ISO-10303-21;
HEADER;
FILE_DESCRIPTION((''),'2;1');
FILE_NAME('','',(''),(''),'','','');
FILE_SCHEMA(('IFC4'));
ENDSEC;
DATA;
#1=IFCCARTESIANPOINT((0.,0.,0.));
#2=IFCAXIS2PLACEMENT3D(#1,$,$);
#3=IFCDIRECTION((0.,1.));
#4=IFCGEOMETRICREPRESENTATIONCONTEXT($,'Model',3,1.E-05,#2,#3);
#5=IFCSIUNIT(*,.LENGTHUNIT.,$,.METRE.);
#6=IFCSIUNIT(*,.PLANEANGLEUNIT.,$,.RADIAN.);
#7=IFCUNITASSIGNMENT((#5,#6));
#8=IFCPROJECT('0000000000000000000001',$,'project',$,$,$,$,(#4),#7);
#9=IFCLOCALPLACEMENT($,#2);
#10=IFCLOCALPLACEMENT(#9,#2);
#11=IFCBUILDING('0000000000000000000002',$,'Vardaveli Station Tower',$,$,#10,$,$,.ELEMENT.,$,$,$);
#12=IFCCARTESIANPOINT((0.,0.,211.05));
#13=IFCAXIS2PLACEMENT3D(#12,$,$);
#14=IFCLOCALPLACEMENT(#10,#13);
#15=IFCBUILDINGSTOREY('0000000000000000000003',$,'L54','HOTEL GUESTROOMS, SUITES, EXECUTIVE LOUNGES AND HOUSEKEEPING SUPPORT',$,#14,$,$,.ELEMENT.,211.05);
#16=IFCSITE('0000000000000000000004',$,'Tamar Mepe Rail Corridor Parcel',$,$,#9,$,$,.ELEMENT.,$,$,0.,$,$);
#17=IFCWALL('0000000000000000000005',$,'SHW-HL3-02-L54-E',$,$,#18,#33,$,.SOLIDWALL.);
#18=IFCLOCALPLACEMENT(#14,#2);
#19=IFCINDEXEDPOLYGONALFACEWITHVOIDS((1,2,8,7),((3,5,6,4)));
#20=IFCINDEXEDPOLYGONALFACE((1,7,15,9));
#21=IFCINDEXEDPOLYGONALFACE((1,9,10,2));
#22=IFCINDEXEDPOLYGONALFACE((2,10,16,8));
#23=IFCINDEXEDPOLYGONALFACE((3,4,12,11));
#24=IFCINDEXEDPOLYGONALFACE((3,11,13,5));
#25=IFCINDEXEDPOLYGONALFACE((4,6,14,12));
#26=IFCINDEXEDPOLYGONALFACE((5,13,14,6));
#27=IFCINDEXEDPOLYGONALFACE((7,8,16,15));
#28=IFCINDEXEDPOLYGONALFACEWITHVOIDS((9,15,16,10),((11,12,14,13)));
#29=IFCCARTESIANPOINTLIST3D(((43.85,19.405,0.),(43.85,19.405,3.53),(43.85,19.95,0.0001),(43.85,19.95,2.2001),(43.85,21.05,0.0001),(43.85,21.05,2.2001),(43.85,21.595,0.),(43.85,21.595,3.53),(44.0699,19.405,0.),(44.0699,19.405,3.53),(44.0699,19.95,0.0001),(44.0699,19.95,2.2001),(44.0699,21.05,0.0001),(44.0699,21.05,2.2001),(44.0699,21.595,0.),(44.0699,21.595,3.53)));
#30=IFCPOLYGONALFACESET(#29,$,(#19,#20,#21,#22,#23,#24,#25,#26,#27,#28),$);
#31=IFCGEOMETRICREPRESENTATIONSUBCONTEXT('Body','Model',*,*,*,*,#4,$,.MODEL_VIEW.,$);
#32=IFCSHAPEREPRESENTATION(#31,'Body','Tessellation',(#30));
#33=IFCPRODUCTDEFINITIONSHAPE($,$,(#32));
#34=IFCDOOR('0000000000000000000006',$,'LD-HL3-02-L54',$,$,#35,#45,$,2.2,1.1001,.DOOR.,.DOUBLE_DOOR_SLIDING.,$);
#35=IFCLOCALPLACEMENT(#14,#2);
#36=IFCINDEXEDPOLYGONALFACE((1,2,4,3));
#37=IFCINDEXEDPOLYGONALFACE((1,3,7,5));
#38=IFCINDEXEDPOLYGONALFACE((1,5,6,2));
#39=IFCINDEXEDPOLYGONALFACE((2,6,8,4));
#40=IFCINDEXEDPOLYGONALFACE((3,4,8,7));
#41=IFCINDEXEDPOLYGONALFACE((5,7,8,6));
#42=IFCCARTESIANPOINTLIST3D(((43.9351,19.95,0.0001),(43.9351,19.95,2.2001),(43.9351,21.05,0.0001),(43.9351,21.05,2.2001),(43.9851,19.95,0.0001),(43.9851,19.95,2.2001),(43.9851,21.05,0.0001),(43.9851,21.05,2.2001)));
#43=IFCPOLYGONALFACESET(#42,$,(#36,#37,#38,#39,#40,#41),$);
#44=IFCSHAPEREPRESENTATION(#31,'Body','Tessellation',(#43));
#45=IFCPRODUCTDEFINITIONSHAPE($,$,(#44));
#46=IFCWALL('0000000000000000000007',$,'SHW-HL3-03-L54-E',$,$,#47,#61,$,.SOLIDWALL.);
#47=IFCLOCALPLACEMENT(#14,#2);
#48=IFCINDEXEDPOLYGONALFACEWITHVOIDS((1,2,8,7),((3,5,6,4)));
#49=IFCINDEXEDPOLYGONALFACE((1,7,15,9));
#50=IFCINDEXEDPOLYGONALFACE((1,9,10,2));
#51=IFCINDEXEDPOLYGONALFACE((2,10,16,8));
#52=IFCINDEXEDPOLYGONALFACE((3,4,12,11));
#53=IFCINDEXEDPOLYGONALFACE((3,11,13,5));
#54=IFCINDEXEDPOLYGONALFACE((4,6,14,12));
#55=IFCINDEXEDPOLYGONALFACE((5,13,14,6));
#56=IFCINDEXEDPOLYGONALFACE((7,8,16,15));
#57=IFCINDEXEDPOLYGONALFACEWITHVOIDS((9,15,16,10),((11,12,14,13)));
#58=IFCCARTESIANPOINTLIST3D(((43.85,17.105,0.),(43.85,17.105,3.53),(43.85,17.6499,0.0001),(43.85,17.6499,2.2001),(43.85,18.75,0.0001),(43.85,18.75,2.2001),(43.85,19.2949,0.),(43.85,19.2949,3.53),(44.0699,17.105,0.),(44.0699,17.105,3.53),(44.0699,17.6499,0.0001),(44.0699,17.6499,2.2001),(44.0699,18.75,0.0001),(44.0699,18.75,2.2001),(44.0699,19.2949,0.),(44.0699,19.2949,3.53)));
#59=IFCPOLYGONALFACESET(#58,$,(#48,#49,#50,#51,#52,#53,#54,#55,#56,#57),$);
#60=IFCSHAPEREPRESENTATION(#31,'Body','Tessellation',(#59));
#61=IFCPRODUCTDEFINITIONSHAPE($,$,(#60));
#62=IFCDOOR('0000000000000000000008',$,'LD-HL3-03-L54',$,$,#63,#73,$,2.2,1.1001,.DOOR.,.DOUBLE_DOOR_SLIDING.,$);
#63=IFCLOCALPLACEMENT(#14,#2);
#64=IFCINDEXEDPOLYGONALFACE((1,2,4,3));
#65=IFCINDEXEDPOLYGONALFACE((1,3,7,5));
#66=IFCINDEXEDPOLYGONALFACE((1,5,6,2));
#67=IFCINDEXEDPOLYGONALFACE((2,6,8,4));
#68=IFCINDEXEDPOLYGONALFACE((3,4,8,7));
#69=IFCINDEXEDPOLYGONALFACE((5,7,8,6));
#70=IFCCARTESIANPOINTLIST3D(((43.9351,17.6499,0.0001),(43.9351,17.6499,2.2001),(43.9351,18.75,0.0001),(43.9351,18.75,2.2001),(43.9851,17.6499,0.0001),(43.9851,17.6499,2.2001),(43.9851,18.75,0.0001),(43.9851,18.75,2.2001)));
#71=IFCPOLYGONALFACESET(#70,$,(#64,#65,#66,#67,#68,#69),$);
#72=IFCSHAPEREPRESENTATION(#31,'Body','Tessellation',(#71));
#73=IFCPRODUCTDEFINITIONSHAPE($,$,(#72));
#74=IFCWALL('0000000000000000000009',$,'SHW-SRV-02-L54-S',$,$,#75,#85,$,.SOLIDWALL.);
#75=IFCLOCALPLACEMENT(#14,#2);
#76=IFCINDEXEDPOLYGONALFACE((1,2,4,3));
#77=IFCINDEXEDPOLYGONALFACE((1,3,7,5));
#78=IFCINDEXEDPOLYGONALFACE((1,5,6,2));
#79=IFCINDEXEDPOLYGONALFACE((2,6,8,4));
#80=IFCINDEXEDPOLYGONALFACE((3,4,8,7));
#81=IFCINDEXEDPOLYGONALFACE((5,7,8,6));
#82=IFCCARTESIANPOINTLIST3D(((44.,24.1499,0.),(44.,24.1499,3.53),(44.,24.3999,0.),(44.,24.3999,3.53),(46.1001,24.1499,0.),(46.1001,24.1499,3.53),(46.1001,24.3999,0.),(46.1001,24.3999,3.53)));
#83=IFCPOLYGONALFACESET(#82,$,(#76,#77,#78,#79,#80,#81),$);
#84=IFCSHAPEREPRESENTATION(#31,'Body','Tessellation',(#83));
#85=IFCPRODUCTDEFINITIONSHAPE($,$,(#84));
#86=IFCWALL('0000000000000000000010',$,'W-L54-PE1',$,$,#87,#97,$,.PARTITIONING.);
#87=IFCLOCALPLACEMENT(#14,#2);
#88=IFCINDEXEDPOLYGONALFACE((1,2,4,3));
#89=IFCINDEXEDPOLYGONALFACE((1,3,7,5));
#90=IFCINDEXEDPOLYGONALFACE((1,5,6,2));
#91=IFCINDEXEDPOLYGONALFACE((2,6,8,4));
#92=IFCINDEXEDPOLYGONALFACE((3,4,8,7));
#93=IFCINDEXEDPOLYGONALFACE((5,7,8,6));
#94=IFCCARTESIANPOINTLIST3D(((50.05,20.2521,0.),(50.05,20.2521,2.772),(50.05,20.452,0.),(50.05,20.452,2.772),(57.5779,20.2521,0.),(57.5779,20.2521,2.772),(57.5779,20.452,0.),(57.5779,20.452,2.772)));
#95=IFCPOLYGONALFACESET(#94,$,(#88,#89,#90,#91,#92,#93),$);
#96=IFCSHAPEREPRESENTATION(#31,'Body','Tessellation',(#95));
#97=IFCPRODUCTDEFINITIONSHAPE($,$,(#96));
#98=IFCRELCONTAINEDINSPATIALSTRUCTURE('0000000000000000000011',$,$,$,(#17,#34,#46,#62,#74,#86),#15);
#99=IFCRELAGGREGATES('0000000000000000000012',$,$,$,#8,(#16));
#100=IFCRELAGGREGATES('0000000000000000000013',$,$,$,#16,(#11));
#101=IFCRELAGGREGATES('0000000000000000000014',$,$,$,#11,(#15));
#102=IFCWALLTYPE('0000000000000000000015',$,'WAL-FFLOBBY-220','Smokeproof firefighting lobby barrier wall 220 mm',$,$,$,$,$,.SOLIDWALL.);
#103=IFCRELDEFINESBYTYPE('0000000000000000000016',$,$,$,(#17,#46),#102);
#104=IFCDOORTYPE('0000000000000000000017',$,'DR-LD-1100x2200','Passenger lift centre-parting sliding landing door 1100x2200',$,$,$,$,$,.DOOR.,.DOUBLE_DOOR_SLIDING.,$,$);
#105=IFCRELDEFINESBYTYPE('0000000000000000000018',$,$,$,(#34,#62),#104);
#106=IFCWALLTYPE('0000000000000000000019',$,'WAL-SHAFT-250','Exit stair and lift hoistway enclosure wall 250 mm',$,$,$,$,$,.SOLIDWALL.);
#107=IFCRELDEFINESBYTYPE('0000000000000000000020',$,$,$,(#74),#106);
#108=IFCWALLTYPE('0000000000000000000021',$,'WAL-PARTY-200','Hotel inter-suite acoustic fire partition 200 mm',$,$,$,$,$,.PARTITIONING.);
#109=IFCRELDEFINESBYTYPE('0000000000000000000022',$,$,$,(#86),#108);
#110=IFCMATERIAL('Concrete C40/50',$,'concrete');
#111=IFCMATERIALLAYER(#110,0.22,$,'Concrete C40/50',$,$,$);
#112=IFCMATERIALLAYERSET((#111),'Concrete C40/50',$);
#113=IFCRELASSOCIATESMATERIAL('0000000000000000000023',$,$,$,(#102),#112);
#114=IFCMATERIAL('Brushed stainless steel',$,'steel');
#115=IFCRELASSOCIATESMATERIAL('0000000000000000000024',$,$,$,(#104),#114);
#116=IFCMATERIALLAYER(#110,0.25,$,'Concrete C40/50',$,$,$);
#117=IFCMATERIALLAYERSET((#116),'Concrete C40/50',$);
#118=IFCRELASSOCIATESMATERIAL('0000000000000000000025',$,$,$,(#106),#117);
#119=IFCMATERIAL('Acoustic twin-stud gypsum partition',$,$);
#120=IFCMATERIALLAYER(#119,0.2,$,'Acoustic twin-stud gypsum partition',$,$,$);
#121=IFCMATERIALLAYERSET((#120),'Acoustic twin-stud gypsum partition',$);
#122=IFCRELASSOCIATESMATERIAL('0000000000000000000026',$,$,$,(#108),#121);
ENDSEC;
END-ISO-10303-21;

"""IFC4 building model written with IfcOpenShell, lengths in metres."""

from ifc_helpers import new_model, si_unit, direction, frame, frame_2d, origin, place, context, subcontext, project, spatial, rectangle, extrude, source, transform, mapped, material, layer, layer_set, type_object, element, fill, save


model = new_model("IFC4")

# Units and contexts
model_context = context("Model", 3, precision=1e-05, world=origin(), true_north=direction((0.0, 1.0)))
body_context = subcontext(model_context, "Body", "Model", "MODEL_VIEW")
ifc_project = project(units=[si_unit("LENGTHUNIT", "METRE"), si_unit("PLANEANGLEUNIT", "RADIAN")], contexts=[model_context])

# Site, building, storey
site_placement = place(None, origin())
site = spatial("IfcSite", under=ifc_project, at=site_placement, Name="Tamar Mepe Rail Corridor Parcel", CompositionType="ELEMENT", RefElevation=0.0)
building_placement = place(site_placement, origin())
building = spatial("IfcBuilding", under=site, at=building_placement, Name="Vardaveli Station Tower", CompositionType="ELEMENT")
storey_placement = place(building_placement, frame((0.0, 0.0, 211.05)))
storey = spatial("IfcBuildingStorey", under=building, at=storey_placement, Name="L54", Description="HOTEL GUESTROOMS, SUITES, EXECUTIVE LOUNGES AND HOUSEKEEPING SUPPORT", CompositionType="ELEMENT", Elevation=211.05)

# Walls, openings, doors
ifc_material_1 = material(Name="Concrete C40/50", Category="concrete")
ifc_layer_1 = layer(ifc_material_1, 0.22, Name="Concrete C40/50")
ifc_layer_set_1 = layer_set([ifc_layer_1], Name="Concrete C40/50")
wall_type_1 = type_object("IfcWallType", Name="WAL-FFLOBBY-220", Description="Smokeproof firefighting lobby barrier wall 220 mm", PredefinedType="SOLIDWALL", material=ifc_layer_set_1)
shared_shape_1 = source(origin(), body_context, "Body", "SweptSolid", [
    extrude(rectangle(XDim=2.1899, YDim=0.22, at=frame_2d((1.095, 0.0))), origin(), (0.0, 0.0, 1.0), 3.53),
])
shared_shape_2 = source(origin(), body_context, "Body", "SweptSolid", [
    extrude(rectangle(XDim=1.1001, YDim=2.2, at=frame_2d((0.55, 1.1001))), frame((0.0, 0.1201, 0.0), z_axis=(0.0, -1.0, 0.0), x_axis=(1.0, 0.0, 0.0)), (0.0, 0.0, 1.0), 0.24),
])
ifc_material_2 = material(Name="Brushed stainless steel", Category="steel")
door_type = type_object("IfcDoorType", Name="DR-LD-1100x2200", Description="Passenger lift centre-parting sliding landing door 1100x2200", OperationType="DOUBLE_DOOR_SLIDING", PredefinedType="DOOR", material=ifc_material_2)
shared_shape_3 = source(origin(), body_context, "Body", "SweptSolid", [
    extrude(rectangle(XDim=1.1001, YDim=2.2, at=frame_2d((0.55, 1.1001))), frame((0.0, 0.0249, 0.0), z_axis=(0.0, -1.0, 0.0), x_axis=(1.0, 0.0, 0.0)), (0.0, 0.0, 1.0), 0.05),
])
wall_1_placement = place(storey_placement, frame((43.96, 19.405, 0.0), z_axis=(0.0, 0.0, 1.0), x_axis=(0.0, 1.0, 0.0)))
wall_1 = element("IfcWall", 1, at=wall_1_placement, inside=storey, type_object=wall_type_1, Name="SHW-HL3-02-L54-E", PredefinedType="SOLIDWALL", context=body_context, shape_type="MappedRepresentation", body=[
    mapped(shared_shape_1, transform((0.0, 0.0, 0.0), scale=1.0)),
])
opening_1_placement = place(wall_1_placement, frame((0.5449, 0.0, 0.0)))
opening_1 = element("IfcOpeningElement", 2, at=opening_1_placement, cuts=wall_1, PredefinedType="OPENING", context=body_context, shape_type="MappedRepresentation", body=[
    mapped(shared_shape_2, transform((0.0, 0.0, 0.0), scale=1.0)),
])
door_1_placement = place(opening_1_placement, origin())
door_1 = element("IfcDoor", 3, at=door_1_placement, inside=storey, type_object=door_type, Name="LD-HL3-02-L54", OperationType="DOUBLE_DOOR_SLIDING", OverallHeight=2.2, OverallWidth=1.1001, PredefinedType="DOOR", context=body_context, shape_type="MappedRepresentation", body=[
    mapped(shared_shape_3, transform((0.0, 0.0, 0.0), scale=1.0)),
])
fill(opening_1, door_1)
wall_2_placement = place(storey_placement, frame((43.96, 17.105, 0.0), z_axis=(0.0, 0.0, 1.0), x_axis=(0.0, 1.0, 0.0)))
wall_2 = element("IfcWall", 4, at=wall_2_placement, inside=storey, type_object=wall_type_1, Name="SHW-HL3-03-L54-E", PredefinedType="SOLIDWALL", context=body_context, shape_type="MappedRepresentation", body=[
    mapped(shared_shape_1, transform((0.0, 0.0, 0.0), scale=1.0)),
])
opening_2_placement = place(wall_2_placement, frame((0.5449, 0.0, 0.0)))
opening_2 = element("IfcOpeningElement", 5, at=opening_2_placement, cuts=wall_2, PredefinedType="OPENING", context=body_context, shape_type="MappedRepresentation", body=[
    mapped(shared_shape_2, transform((0.0, 0.0, 0.0), scale=1.0)),
])
door_2_placement = place(opening_2_placement, origin())
door_2 = element("IfcDoor", 6, at=door_2_placement, inside=storey, type_object=door_type, Name="LD-HL3-03-L54", OperationType="DOUBLE_DOOR_SLIDING", OverallHeight=2.2, OverallWidth=1.1001, PredefinedType="DOOR", context=body_context, shape_type="MappedRepresentation", body=[
    mapped(shared_shape_3, transform((0.0, 0.0, 0.0), scale=1.0)),
])
fill(opening_2, door_2)

# Walls
ifc_layer_2 = layer(ifc_material_1, 0.25, Name="Concrete C40/50")
ifc_layer_set_2 = layer_set([ifc_layer_2], Name="Concrete C40/50")
wall_type_2 = type_object("IfcWallType", Name="WAL-SHAFT-250", Description="Exit stair and lift hoistway enclosure wall 250 mm", PredefinedType="SOLIDWALL", material=ifc_layer_set_2)
shared_shape_4 = source(origin(), body_context, "Body", "SweptSolid", [
    extrude(rectangle(XDim=2.1001, YDim=0.25, at=frame_2d((1.05, 0.0))), origin(), (0.0, 0.0, 1.0), 3.53),
])
wall_3_placement = place(storey_placement, frame((44.0, 24.2749, 0.0), z_axis=(0.0, 0.0, 1.0), x_axis=(1.0, 0.0, 0.0)))
element("IfcWall", 7, at=wall_3_placement, inside=storey, type_object=wall_type_2, Name="SHW-SRV-02-L54-S", PredefinedType="SOLIDWALL", context=body_context, shape_type="MappedRepresentation", body=[
    mapped(shared_shape_4, transform((0.0, 0.0, 0.0), scale=1.0)),
])
ifc_material_3 = material(Name="Acoustic twin-stud gypsum partition")
ifc_layer_3 = layer(ifc_material_3, 0.2, Name="Acoustic twin-stud gypsum partition")
ifc_layer_set_3 = layer_set([ifc_layer_3], Name="Acoustic twin-stud gypsum partition")
wall_type_3 = type_object("IfcWallType", Name="WAL-PARTY-200", Description="Hotel inter-suite acoustic fire partition 200 mm", PredefinedType="PARTITIONING", material=ifc_layer_set_3)
shared_shape_5 = source(origin(), body_context, "Body", "SweptSolid", [
    extrude(rectangle(XDim=7.5278, YDim=0.2, at=frame_2d((3.7639, 0.0))), origin(), (0.0, 0.0, 1.0), 2.772),
])
wall_4_placement = place(storey_placement, frame((50.05, 20.3521, 0.0), z_axis=(0.0, 0.0, 1.0), x_axis=(1.0, 0.0, 0.0)))
element("IfcWall", 8, at=wall_4_placement, inside=storey, type_object=wall_type_3, Name="W-L54-PE1", PredefinedType="PARTITIONING", context=body_context, shape_type="MappedRepresentation", body=[
    mapped(shared_shape_5, transform((0.0, 0.0, 0.0), scale=1.0)),
])

save(model, "model.ifc")
